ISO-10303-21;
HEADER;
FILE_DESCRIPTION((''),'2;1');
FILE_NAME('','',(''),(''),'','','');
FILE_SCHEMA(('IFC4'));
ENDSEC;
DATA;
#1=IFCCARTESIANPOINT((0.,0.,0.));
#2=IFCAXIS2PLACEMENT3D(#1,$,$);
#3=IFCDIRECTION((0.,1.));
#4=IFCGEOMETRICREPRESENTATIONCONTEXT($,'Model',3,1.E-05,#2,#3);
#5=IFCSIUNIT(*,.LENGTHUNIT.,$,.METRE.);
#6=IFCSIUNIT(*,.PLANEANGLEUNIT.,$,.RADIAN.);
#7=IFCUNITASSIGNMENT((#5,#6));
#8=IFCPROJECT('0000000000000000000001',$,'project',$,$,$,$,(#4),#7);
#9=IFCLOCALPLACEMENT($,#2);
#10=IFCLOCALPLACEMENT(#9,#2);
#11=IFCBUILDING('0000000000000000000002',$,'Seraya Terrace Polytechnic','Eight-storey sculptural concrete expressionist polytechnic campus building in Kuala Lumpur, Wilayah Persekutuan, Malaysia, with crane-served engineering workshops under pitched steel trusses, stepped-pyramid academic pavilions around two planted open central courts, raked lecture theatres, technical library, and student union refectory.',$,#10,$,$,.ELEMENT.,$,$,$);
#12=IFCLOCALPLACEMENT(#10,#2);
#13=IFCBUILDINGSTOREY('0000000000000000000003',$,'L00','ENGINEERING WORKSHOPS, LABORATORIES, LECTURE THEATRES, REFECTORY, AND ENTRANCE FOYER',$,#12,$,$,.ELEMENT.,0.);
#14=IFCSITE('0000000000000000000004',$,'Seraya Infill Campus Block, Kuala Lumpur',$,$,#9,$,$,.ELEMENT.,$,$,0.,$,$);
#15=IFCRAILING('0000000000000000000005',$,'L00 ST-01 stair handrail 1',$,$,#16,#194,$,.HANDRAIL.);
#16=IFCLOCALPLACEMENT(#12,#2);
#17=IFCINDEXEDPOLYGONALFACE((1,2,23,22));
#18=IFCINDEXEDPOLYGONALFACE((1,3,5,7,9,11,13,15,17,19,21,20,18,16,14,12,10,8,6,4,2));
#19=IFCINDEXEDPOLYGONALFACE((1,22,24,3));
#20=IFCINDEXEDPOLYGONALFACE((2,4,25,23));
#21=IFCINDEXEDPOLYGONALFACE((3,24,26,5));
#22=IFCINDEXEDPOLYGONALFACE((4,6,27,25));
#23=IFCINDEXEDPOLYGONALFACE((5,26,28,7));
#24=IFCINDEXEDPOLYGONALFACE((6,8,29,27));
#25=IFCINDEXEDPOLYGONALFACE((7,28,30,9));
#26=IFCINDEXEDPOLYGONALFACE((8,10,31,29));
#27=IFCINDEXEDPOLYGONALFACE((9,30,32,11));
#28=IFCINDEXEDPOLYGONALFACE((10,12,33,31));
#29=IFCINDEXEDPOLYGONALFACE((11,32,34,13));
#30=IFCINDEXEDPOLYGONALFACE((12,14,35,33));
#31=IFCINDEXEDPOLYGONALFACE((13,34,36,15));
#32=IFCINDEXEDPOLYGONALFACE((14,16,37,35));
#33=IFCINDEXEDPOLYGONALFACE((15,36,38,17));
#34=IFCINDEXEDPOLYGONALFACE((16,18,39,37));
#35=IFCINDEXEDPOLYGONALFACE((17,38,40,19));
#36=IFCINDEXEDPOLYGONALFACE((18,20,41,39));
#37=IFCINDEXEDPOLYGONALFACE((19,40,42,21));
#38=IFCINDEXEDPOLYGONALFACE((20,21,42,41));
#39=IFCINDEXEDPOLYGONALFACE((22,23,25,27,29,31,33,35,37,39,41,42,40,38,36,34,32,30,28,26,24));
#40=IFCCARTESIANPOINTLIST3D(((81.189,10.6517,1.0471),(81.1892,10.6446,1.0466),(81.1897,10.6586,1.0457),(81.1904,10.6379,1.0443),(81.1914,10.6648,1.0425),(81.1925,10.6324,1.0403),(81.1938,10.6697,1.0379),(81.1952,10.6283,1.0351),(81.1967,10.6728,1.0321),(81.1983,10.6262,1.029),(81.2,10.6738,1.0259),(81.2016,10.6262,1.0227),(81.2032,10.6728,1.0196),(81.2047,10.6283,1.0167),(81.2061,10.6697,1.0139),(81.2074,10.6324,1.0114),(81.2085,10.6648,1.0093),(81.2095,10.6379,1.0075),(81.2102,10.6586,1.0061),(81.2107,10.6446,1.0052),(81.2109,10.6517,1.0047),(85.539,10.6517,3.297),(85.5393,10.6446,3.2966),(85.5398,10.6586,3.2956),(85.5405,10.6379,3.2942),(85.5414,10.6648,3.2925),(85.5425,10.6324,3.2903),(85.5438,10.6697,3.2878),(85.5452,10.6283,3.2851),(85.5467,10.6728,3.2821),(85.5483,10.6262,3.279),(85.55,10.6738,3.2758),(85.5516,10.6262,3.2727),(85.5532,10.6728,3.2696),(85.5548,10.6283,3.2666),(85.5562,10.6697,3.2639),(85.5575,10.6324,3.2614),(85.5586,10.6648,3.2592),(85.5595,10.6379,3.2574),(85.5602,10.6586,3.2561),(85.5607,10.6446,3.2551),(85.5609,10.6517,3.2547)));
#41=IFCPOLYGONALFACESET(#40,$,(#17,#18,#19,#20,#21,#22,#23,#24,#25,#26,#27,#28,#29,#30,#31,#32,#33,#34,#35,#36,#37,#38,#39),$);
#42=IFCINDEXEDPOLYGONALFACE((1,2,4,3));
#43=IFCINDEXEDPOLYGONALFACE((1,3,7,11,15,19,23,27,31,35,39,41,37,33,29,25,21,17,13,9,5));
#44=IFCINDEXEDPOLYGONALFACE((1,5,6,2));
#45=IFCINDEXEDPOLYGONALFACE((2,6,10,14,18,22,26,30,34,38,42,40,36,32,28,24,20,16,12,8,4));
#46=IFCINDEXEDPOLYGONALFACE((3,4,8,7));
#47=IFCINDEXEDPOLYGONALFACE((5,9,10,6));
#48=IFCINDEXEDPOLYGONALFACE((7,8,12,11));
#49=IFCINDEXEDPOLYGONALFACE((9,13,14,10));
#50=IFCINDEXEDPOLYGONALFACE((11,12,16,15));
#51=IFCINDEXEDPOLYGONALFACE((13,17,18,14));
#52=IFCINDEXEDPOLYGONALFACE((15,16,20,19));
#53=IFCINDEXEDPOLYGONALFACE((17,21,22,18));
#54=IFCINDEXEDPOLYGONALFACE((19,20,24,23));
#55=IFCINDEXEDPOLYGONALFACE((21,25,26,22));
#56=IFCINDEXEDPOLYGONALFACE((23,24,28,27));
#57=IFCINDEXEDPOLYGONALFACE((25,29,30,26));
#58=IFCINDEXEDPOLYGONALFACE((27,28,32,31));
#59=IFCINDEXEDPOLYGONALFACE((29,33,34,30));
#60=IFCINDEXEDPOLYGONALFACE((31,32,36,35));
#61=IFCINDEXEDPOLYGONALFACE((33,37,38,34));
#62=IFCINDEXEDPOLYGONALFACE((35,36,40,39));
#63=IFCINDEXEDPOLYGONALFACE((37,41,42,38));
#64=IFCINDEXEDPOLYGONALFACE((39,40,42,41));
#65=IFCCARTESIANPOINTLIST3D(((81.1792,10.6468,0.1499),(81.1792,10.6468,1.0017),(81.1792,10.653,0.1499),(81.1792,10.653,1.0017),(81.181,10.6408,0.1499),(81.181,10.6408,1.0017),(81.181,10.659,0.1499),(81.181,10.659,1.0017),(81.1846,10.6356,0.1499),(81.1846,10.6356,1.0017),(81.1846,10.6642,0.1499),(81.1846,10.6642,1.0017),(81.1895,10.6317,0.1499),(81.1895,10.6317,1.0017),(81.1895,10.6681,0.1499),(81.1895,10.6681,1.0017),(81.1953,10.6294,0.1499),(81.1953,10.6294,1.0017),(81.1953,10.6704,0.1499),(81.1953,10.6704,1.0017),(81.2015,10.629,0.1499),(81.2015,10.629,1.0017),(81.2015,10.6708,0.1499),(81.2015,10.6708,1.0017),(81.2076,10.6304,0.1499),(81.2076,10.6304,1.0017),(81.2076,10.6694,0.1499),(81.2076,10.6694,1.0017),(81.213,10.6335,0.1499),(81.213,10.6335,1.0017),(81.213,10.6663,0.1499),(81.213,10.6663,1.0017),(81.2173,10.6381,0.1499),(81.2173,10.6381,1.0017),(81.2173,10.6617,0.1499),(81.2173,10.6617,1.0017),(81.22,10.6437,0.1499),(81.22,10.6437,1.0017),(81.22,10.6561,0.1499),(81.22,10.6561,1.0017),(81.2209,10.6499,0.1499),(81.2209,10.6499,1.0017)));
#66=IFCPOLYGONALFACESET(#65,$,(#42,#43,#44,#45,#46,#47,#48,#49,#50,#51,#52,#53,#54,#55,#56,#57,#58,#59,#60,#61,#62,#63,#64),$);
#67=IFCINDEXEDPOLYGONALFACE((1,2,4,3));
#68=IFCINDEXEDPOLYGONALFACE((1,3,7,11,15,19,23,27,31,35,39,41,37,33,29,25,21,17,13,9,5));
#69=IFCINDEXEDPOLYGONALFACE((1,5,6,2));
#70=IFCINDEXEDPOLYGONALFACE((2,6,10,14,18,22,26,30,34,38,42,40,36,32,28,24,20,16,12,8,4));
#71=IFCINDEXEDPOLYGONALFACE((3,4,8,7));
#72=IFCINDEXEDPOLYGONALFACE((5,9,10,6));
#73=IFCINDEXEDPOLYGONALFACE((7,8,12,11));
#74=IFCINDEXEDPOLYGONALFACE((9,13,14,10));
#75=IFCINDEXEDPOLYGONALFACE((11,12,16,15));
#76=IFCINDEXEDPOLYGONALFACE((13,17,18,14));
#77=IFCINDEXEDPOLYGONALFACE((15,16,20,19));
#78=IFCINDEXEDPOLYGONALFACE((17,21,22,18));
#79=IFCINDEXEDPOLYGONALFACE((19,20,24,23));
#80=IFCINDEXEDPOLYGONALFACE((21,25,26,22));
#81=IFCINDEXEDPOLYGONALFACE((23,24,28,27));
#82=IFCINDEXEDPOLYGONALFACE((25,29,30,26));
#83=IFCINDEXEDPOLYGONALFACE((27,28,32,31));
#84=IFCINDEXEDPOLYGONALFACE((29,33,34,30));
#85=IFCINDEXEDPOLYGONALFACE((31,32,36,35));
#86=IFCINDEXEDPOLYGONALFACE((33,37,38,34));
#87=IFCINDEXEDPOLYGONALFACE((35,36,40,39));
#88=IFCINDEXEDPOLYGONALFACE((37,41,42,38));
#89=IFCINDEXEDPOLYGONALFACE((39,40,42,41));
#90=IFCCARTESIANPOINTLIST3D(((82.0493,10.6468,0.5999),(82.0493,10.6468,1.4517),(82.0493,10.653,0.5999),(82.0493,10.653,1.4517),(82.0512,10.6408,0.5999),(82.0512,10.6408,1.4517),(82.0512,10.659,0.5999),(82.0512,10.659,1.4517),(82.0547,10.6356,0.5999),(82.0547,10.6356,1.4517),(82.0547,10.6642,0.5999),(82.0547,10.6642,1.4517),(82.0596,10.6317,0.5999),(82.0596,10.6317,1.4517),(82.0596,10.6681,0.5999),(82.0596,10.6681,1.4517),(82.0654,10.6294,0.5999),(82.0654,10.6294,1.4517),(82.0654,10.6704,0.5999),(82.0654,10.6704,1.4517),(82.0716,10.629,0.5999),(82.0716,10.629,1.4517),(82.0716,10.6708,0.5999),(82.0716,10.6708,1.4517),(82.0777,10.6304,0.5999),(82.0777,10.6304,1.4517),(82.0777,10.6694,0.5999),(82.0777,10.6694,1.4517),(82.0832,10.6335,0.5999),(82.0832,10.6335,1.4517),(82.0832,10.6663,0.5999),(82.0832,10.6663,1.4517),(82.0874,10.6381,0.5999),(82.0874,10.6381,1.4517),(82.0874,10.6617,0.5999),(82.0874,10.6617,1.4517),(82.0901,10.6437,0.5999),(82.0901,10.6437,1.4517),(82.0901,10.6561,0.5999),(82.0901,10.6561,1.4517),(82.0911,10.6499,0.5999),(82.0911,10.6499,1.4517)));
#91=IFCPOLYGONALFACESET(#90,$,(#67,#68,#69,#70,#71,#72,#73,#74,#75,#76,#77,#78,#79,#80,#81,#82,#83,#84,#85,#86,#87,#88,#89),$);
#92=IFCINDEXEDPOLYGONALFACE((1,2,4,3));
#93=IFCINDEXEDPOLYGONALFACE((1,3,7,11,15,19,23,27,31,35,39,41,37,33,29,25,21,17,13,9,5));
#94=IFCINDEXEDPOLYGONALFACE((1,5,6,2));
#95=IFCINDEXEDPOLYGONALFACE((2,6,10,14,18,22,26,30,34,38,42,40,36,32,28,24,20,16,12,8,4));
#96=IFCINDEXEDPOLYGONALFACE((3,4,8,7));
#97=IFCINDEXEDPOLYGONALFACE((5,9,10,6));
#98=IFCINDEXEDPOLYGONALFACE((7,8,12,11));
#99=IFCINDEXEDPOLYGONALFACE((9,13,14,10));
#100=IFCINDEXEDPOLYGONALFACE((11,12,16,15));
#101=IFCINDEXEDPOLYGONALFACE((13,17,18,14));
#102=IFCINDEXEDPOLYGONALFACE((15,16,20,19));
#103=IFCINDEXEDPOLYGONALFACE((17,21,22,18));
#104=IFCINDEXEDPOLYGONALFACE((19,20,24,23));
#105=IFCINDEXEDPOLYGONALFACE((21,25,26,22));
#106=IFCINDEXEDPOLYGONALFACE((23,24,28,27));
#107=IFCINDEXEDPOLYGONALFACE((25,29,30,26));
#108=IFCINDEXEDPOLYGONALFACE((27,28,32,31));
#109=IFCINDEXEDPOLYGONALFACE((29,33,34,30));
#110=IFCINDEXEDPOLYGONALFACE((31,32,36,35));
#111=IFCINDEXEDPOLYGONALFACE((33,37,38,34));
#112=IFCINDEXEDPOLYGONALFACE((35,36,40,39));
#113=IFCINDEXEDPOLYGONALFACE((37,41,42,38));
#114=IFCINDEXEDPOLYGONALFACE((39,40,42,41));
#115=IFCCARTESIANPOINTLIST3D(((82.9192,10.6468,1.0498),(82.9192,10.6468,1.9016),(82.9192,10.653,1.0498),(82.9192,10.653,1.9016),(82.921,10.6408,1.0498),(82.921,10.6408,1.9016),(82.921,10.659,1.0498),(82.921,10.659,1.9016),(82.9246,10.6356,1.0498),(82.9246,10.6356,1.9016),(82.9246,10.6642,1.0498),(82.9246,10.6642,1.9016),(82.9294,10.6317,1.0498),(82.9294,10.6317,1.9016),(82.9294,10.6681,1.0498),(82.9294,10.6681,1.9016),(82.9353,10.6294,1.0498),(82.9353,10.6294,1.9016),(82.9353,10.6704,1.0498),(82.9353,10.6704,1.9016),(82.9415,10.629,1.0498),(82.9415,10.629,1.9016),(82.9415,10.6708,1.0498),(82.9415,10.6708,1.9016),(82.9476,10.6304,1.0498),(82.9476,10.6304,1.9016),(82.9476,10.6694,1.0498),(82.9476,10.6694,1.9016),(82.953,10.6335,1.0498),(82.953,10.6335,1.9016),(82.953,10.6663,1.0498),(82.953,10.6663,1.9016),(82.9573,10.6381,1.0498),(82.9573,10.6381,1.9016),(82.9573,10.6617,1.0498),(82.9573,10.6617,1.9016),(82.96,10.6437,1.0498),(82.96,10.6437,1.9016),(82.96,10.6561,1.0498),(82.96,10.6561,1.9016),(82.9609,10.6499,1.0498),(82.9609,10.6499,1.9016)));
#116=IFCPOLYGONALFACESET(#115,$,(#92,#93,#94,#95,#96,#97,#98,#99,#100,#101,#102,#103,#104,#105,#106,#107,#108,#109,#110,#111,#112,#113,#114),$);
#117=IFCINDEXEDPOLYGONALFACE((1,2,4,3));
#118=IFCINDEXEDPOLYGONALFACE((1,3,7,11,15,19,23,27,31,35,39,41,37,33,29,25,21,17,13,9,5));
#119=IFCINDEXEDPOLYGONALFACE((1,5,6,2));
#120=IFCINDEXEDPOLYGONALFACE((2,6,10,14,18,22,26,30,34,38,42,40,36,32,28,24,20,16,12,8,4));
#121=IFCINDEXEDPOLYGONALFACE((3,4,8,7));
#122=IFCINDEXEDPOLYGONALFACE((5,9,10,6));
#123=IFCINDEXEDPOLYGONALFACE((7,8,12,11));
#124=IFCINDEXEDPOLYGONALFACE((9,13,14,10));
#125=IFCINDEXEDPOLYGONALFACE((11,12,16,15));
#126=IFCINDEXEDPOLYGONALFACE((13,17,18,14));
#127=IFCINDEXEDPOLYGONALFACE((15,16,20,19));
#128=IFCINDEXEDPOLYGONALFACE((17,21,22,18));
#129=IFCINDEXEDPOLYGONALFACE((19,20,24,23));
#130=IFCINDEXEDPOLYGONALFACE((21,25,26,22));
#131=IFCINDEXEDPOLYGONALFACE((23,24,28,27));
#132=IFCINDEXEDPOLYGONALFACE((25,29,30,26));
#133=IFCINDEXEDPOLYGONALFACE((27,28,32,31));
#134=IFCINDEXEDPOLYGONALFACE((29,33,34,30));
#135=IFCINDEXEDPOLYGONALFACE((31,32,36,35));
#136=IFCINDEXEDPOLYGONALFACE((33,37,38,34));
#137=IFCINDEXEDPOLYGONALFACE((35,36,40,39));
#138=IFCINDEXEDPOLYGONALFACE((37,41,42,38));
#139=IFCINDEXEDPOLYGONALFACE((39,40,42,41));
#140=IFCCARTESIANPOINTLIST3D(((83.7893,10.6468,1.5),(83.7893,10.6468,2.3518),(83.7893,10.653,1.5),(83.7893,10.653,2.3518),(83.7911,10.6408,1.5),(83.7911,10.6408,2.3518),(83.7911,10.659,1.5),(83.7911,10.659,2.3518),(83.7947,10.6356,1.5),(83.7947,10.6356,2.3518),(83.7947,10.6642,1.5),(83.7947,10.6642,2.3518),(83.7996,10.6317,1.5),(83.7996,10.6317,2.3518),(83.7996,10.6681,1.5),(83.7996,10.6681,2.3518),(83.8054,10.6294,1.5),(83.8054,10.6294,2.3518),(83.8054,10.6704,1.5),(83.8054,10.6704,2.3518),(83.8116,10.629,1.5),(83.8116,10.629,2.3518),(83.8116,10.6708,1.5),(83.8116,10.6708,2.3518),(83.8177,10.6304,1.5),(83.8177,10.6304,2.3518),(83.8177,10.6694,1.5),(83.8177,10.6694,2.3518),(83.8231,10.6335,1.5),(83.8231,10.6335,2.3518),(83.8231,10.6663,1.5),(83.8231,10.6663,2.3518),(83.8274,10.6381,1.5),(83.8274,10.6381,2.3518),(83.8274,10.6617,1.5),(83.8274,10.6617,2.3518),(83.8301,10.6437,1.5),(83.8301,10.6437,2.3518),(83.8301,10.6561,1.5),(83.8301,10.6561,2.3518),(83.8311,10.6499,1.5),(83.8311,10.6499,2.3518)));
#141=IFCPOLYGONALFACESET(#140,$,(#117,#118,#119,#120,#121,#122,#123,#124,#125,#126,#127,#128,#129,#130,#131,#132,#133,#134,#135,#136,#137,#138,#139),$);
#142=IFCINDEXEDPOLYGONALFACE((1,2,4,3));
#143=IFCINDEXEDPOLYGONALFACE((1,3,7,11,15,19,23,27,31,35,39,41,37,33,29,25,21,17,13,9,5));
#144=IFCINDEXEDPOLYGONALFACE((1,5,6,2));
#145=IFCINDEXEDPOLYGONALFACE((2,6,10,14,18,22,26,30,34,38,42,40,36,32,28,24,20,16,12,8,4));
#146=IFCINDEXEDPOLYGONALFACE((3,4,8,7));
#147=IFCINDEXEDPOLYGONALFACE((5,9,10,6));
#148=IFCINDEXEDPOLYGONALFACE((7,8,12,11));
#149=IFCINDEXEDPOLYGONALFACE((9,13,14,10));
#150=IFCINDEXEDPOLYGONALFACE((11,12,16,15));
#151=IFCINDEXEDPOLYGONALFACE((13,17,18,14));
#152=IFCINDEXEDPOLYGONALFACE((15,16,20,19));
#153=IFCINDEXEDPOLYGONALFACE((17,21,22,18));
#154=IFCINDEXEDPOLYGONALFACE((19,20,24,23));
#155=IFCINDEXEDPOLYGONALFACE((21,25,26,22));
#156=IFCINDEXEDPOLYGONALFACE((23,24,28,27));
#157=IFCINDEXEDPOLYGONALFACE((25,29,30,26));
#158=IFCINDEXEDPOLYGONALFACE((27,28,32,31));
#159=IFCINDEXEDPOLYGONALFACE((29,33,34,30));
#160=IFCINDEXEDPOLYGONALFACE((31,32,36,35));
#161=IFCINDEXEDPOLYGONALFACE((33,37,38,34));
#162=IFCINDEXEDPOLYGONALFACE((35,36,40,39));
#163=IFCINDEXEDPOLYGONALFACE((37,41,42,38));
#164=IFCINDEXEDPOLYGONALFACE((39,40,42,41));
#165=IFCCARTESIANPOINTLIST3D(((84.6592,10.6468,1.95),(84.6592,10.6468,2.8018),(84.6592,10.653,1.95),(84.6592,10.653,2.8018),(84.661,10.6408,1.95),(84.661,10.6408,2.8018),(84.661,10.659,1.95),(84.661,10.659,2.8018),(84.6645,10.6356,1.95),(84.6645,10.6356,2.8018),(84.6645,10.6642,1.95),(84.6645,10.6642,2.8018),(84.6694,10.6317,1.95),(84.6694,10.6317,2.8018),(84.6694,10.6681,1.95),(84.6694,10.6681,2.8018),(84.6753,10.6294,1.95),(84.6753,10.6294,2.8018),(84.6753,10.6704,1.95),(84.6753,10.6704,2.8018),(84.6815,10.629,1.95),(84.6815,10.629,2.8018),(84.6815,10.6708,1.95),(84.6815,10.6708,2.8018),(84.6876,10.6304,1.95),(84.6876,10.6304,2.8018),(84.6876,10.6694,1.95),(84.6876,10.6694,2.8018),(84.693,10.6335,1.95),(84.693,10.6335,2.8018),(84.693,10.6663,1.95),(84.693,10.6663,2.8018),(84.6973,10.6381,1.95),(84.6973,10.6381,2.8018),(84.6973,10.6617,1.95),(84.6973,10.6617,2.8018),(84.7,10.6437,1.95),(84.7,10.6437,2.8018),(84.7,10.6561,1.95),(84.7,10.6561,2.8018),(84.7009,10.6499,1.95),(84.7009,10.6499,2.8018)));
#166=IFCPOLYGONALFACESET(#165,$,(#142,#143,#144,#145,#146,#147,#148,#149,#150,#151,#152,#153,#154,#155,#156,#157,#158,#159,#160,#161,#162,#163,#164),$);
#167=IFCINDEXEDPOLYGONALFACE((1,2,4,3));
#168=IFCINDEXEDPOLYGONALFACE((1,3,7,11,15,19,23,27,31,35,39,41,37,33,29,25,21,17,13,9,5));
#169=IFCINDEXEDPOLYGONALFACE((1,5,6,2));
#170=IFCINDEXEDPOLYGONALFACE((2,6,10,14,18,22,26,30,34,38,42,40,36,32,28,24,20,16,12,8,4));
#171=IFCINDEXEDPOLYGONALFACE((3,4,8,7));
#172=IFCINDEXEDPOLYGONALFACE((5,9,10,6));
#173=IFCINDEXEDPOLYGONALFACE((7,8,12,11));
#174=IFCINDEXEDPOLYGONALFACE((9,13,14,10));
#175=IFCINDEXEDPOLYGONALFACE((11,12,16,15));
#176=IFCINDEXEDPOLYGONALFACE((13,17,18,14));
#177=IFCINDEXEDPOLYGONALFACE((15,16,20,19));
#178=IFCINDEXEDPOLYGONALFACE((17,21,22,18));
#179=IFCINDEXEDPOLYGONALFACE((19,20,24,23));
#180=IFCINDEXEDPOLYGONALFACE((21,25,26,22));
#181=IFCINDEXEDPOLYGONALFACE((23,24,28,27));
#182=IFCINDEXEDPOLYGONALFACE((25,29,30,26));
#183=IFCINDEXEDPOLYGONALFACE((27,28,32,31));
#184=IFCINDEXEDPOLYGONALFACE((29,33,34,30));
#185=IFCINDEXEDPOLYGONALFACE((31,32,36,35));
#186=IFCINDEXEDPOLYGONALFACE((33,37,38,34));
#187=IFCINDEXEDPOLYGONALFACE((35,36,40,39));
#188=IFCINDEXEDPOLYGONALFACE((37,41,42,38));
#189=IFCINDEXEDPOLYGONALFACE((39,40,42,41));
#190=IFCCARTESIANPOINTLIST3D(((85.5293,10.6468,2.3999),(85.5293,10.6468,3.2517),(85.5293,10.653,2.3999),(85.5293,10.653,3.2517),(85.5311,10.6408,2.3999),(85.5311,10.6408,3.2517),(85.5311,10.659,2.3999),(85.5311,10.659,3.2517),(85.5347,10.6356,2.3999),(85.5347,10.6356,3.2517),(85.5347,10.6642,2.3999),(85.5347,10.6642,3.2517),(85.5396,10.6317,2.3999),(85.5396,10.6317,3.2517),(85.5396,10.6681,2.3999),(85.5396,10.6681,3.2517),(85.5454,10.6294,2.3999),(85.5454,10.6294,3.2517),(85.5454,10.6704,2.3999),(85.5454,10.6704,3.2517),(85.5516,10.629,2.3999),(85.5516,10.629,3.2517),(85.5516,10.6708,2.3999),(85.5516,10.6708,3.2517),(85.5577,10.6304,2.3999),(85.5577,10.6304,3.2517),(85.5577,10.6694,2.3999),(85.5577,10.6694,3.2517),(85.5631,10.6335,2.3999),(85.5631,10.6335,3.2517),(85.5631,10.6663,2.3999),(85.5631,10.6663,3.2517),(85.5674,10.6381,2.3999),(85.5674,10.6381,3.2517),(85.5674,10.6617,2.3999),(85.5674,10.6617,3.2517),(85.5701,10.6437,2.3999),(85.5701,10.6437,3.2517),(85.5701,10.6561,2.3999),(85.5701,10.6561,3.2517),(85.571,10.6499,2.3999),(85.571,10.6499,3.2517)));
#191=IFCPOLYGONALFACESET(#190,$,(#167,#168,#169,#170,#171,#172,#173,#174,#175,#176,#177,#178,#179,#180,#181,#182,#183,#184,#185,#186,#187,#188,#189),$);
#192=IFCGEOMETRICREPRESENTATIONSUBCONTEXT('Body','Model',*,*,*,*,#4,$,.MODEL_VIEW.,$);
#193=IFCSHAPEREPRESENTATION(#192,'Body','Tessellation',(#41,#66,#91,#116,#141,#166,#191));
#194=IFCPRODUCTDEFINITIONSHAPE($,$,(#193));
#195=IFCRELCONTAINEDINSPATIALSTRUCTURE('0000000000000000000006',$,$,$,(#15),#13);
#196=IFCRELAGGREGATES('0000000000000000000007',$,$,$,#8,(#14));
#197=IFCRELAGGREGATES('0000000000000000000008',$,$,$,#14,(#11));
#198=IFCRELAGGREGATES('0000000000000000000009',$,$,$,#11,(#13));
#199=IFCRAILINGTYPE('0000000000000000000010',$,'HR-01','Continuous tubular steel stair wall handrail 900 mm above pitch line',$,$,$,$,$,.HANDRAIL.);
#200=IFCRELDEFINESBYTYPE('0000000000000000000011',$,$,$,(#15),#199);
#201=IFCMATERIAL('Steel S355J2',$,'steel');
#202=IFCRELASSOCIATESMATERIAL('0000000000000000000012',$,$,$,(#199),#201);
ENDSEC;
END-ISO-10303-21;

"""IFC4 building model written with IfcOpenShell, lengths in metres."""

from ifc_helpers import new_model, si_unit, direction, frame, origin, origin_2d, place, context, subcontext, project, spatial, circle, extrude, material, type_object, element, save


model = new_model("IFC4")

# Units and contexts
model_context = context("Model", 3, precision=1e-05, world=origin(), true_north=direction((0.0, 1.0)))
body_context = subcontext(model_context, "Body", "Model", "MODEL_VIEW")
ifc_project = project(units=[si_unit("LENGTHUNIT", "METRE"), si_unit("PLANEANGLEUNIT", "RADIAN")], contexts=[model_context])

# Site, building, storey
site_placement = place(None, origin())
site = spatial("IfcSite", under=ifc_project, at=site_placement, Name="Seraya Infill Campus Block, Kuala Lumpur", CompositionType="ELEMENT", RefElevation=0.0)
building_placement = place(site_placement, origin())
building = spatial("IfcBuilding", under=site, at=building_placement, Name="Seraya Terrace Polytechnic", Description="Eight-storey sculptural concrete expressionist polytechnic campus building in Kuala Lumpur, Wilayah Persekutuan, Malaysia, with crane-served engineering workshops under pitched steel trusses, stepped-pyramid academic pavilions around two planted open central courts, raked lecture theatres, technical library, and student union refectory.", CompositionType="ELEMENT")
storey_placement = place(building_placement, origin())
storey = spatial("IfcBuildingStorey", under=building, at=storey_placement, Name="L00", Description="ENGINEERING WORKSHOPS, LABORATORIES, LECTURE THEATRES, REFECTORY, AND ENTRANCE FOYER", CompositionType="ELEMENT", Elevation=0.0)

# Shared definitions
ifc_material_1 = material(Name="Steel S355J2", Category="steel")

# Railing
railing_type_1 = type_object("IfcRailingType", Name="HR-01", Description="Continuous tubular steel stair wall handrail 900 mm above pitch line", PredefinedType="HANDRAIL", material=ifc_material_1)
railing_1_placement = place(storey_placement, frame((81.2, 10.6499, 0.1499)))
element("IfcRailing", 1, at=railing_1_placement, inside=storey, type_object=railing_type_1, Name="L00 ST-01 stair handrail 1", PredefinedType="HANDRAIL", context=body_context, shape_type="SweptSolid", body=[
    extrude(circle(Radius=0.0239, at=origin_2d()), frame((0.0, 0.0, 0.876), z_axis=(0.888222, 0.0, 0.459415), x_axis=(0.0, 1.0, 0.0)), (0.0, 0.0, 1.0), 4.8975),
    extrude(circle(Radius=0.021, at=origin_2d()), origin(), (0.0, 0.0, 1.0), 0.8518),
    extrude(circle(Radius=0.021, at=origin_2d()), frame((0.8701, 0.0, 0.45)), (0.0, 0.0, 1.0), 0.8518),
    extrude(circle(Radius=0.021, at=origin_2d()), frame((1.74, 0.0, 0.8999)), (0.0, 0.0, 1.0), 0.8518),
    extrude(circle(Radius=0.021, at=origin_2d()), frame((2.6101, 0.0, 1.3501)), (0.0, 0.0, 1.0), 0.8518),
    extrude(circle(Radius=0.021, at=origin_2d()), frame((3.48, 0.0, 1.8)), (0.0, 0.0, 1.0), 0.8518),
    extrude(circle(Radius=0.021, at=origin_2d()), frame((4.3501, 0.0, 2.25)), (0.0, 0.0, 1.0), 0.8518),
])

save(model, "model.ifc")
